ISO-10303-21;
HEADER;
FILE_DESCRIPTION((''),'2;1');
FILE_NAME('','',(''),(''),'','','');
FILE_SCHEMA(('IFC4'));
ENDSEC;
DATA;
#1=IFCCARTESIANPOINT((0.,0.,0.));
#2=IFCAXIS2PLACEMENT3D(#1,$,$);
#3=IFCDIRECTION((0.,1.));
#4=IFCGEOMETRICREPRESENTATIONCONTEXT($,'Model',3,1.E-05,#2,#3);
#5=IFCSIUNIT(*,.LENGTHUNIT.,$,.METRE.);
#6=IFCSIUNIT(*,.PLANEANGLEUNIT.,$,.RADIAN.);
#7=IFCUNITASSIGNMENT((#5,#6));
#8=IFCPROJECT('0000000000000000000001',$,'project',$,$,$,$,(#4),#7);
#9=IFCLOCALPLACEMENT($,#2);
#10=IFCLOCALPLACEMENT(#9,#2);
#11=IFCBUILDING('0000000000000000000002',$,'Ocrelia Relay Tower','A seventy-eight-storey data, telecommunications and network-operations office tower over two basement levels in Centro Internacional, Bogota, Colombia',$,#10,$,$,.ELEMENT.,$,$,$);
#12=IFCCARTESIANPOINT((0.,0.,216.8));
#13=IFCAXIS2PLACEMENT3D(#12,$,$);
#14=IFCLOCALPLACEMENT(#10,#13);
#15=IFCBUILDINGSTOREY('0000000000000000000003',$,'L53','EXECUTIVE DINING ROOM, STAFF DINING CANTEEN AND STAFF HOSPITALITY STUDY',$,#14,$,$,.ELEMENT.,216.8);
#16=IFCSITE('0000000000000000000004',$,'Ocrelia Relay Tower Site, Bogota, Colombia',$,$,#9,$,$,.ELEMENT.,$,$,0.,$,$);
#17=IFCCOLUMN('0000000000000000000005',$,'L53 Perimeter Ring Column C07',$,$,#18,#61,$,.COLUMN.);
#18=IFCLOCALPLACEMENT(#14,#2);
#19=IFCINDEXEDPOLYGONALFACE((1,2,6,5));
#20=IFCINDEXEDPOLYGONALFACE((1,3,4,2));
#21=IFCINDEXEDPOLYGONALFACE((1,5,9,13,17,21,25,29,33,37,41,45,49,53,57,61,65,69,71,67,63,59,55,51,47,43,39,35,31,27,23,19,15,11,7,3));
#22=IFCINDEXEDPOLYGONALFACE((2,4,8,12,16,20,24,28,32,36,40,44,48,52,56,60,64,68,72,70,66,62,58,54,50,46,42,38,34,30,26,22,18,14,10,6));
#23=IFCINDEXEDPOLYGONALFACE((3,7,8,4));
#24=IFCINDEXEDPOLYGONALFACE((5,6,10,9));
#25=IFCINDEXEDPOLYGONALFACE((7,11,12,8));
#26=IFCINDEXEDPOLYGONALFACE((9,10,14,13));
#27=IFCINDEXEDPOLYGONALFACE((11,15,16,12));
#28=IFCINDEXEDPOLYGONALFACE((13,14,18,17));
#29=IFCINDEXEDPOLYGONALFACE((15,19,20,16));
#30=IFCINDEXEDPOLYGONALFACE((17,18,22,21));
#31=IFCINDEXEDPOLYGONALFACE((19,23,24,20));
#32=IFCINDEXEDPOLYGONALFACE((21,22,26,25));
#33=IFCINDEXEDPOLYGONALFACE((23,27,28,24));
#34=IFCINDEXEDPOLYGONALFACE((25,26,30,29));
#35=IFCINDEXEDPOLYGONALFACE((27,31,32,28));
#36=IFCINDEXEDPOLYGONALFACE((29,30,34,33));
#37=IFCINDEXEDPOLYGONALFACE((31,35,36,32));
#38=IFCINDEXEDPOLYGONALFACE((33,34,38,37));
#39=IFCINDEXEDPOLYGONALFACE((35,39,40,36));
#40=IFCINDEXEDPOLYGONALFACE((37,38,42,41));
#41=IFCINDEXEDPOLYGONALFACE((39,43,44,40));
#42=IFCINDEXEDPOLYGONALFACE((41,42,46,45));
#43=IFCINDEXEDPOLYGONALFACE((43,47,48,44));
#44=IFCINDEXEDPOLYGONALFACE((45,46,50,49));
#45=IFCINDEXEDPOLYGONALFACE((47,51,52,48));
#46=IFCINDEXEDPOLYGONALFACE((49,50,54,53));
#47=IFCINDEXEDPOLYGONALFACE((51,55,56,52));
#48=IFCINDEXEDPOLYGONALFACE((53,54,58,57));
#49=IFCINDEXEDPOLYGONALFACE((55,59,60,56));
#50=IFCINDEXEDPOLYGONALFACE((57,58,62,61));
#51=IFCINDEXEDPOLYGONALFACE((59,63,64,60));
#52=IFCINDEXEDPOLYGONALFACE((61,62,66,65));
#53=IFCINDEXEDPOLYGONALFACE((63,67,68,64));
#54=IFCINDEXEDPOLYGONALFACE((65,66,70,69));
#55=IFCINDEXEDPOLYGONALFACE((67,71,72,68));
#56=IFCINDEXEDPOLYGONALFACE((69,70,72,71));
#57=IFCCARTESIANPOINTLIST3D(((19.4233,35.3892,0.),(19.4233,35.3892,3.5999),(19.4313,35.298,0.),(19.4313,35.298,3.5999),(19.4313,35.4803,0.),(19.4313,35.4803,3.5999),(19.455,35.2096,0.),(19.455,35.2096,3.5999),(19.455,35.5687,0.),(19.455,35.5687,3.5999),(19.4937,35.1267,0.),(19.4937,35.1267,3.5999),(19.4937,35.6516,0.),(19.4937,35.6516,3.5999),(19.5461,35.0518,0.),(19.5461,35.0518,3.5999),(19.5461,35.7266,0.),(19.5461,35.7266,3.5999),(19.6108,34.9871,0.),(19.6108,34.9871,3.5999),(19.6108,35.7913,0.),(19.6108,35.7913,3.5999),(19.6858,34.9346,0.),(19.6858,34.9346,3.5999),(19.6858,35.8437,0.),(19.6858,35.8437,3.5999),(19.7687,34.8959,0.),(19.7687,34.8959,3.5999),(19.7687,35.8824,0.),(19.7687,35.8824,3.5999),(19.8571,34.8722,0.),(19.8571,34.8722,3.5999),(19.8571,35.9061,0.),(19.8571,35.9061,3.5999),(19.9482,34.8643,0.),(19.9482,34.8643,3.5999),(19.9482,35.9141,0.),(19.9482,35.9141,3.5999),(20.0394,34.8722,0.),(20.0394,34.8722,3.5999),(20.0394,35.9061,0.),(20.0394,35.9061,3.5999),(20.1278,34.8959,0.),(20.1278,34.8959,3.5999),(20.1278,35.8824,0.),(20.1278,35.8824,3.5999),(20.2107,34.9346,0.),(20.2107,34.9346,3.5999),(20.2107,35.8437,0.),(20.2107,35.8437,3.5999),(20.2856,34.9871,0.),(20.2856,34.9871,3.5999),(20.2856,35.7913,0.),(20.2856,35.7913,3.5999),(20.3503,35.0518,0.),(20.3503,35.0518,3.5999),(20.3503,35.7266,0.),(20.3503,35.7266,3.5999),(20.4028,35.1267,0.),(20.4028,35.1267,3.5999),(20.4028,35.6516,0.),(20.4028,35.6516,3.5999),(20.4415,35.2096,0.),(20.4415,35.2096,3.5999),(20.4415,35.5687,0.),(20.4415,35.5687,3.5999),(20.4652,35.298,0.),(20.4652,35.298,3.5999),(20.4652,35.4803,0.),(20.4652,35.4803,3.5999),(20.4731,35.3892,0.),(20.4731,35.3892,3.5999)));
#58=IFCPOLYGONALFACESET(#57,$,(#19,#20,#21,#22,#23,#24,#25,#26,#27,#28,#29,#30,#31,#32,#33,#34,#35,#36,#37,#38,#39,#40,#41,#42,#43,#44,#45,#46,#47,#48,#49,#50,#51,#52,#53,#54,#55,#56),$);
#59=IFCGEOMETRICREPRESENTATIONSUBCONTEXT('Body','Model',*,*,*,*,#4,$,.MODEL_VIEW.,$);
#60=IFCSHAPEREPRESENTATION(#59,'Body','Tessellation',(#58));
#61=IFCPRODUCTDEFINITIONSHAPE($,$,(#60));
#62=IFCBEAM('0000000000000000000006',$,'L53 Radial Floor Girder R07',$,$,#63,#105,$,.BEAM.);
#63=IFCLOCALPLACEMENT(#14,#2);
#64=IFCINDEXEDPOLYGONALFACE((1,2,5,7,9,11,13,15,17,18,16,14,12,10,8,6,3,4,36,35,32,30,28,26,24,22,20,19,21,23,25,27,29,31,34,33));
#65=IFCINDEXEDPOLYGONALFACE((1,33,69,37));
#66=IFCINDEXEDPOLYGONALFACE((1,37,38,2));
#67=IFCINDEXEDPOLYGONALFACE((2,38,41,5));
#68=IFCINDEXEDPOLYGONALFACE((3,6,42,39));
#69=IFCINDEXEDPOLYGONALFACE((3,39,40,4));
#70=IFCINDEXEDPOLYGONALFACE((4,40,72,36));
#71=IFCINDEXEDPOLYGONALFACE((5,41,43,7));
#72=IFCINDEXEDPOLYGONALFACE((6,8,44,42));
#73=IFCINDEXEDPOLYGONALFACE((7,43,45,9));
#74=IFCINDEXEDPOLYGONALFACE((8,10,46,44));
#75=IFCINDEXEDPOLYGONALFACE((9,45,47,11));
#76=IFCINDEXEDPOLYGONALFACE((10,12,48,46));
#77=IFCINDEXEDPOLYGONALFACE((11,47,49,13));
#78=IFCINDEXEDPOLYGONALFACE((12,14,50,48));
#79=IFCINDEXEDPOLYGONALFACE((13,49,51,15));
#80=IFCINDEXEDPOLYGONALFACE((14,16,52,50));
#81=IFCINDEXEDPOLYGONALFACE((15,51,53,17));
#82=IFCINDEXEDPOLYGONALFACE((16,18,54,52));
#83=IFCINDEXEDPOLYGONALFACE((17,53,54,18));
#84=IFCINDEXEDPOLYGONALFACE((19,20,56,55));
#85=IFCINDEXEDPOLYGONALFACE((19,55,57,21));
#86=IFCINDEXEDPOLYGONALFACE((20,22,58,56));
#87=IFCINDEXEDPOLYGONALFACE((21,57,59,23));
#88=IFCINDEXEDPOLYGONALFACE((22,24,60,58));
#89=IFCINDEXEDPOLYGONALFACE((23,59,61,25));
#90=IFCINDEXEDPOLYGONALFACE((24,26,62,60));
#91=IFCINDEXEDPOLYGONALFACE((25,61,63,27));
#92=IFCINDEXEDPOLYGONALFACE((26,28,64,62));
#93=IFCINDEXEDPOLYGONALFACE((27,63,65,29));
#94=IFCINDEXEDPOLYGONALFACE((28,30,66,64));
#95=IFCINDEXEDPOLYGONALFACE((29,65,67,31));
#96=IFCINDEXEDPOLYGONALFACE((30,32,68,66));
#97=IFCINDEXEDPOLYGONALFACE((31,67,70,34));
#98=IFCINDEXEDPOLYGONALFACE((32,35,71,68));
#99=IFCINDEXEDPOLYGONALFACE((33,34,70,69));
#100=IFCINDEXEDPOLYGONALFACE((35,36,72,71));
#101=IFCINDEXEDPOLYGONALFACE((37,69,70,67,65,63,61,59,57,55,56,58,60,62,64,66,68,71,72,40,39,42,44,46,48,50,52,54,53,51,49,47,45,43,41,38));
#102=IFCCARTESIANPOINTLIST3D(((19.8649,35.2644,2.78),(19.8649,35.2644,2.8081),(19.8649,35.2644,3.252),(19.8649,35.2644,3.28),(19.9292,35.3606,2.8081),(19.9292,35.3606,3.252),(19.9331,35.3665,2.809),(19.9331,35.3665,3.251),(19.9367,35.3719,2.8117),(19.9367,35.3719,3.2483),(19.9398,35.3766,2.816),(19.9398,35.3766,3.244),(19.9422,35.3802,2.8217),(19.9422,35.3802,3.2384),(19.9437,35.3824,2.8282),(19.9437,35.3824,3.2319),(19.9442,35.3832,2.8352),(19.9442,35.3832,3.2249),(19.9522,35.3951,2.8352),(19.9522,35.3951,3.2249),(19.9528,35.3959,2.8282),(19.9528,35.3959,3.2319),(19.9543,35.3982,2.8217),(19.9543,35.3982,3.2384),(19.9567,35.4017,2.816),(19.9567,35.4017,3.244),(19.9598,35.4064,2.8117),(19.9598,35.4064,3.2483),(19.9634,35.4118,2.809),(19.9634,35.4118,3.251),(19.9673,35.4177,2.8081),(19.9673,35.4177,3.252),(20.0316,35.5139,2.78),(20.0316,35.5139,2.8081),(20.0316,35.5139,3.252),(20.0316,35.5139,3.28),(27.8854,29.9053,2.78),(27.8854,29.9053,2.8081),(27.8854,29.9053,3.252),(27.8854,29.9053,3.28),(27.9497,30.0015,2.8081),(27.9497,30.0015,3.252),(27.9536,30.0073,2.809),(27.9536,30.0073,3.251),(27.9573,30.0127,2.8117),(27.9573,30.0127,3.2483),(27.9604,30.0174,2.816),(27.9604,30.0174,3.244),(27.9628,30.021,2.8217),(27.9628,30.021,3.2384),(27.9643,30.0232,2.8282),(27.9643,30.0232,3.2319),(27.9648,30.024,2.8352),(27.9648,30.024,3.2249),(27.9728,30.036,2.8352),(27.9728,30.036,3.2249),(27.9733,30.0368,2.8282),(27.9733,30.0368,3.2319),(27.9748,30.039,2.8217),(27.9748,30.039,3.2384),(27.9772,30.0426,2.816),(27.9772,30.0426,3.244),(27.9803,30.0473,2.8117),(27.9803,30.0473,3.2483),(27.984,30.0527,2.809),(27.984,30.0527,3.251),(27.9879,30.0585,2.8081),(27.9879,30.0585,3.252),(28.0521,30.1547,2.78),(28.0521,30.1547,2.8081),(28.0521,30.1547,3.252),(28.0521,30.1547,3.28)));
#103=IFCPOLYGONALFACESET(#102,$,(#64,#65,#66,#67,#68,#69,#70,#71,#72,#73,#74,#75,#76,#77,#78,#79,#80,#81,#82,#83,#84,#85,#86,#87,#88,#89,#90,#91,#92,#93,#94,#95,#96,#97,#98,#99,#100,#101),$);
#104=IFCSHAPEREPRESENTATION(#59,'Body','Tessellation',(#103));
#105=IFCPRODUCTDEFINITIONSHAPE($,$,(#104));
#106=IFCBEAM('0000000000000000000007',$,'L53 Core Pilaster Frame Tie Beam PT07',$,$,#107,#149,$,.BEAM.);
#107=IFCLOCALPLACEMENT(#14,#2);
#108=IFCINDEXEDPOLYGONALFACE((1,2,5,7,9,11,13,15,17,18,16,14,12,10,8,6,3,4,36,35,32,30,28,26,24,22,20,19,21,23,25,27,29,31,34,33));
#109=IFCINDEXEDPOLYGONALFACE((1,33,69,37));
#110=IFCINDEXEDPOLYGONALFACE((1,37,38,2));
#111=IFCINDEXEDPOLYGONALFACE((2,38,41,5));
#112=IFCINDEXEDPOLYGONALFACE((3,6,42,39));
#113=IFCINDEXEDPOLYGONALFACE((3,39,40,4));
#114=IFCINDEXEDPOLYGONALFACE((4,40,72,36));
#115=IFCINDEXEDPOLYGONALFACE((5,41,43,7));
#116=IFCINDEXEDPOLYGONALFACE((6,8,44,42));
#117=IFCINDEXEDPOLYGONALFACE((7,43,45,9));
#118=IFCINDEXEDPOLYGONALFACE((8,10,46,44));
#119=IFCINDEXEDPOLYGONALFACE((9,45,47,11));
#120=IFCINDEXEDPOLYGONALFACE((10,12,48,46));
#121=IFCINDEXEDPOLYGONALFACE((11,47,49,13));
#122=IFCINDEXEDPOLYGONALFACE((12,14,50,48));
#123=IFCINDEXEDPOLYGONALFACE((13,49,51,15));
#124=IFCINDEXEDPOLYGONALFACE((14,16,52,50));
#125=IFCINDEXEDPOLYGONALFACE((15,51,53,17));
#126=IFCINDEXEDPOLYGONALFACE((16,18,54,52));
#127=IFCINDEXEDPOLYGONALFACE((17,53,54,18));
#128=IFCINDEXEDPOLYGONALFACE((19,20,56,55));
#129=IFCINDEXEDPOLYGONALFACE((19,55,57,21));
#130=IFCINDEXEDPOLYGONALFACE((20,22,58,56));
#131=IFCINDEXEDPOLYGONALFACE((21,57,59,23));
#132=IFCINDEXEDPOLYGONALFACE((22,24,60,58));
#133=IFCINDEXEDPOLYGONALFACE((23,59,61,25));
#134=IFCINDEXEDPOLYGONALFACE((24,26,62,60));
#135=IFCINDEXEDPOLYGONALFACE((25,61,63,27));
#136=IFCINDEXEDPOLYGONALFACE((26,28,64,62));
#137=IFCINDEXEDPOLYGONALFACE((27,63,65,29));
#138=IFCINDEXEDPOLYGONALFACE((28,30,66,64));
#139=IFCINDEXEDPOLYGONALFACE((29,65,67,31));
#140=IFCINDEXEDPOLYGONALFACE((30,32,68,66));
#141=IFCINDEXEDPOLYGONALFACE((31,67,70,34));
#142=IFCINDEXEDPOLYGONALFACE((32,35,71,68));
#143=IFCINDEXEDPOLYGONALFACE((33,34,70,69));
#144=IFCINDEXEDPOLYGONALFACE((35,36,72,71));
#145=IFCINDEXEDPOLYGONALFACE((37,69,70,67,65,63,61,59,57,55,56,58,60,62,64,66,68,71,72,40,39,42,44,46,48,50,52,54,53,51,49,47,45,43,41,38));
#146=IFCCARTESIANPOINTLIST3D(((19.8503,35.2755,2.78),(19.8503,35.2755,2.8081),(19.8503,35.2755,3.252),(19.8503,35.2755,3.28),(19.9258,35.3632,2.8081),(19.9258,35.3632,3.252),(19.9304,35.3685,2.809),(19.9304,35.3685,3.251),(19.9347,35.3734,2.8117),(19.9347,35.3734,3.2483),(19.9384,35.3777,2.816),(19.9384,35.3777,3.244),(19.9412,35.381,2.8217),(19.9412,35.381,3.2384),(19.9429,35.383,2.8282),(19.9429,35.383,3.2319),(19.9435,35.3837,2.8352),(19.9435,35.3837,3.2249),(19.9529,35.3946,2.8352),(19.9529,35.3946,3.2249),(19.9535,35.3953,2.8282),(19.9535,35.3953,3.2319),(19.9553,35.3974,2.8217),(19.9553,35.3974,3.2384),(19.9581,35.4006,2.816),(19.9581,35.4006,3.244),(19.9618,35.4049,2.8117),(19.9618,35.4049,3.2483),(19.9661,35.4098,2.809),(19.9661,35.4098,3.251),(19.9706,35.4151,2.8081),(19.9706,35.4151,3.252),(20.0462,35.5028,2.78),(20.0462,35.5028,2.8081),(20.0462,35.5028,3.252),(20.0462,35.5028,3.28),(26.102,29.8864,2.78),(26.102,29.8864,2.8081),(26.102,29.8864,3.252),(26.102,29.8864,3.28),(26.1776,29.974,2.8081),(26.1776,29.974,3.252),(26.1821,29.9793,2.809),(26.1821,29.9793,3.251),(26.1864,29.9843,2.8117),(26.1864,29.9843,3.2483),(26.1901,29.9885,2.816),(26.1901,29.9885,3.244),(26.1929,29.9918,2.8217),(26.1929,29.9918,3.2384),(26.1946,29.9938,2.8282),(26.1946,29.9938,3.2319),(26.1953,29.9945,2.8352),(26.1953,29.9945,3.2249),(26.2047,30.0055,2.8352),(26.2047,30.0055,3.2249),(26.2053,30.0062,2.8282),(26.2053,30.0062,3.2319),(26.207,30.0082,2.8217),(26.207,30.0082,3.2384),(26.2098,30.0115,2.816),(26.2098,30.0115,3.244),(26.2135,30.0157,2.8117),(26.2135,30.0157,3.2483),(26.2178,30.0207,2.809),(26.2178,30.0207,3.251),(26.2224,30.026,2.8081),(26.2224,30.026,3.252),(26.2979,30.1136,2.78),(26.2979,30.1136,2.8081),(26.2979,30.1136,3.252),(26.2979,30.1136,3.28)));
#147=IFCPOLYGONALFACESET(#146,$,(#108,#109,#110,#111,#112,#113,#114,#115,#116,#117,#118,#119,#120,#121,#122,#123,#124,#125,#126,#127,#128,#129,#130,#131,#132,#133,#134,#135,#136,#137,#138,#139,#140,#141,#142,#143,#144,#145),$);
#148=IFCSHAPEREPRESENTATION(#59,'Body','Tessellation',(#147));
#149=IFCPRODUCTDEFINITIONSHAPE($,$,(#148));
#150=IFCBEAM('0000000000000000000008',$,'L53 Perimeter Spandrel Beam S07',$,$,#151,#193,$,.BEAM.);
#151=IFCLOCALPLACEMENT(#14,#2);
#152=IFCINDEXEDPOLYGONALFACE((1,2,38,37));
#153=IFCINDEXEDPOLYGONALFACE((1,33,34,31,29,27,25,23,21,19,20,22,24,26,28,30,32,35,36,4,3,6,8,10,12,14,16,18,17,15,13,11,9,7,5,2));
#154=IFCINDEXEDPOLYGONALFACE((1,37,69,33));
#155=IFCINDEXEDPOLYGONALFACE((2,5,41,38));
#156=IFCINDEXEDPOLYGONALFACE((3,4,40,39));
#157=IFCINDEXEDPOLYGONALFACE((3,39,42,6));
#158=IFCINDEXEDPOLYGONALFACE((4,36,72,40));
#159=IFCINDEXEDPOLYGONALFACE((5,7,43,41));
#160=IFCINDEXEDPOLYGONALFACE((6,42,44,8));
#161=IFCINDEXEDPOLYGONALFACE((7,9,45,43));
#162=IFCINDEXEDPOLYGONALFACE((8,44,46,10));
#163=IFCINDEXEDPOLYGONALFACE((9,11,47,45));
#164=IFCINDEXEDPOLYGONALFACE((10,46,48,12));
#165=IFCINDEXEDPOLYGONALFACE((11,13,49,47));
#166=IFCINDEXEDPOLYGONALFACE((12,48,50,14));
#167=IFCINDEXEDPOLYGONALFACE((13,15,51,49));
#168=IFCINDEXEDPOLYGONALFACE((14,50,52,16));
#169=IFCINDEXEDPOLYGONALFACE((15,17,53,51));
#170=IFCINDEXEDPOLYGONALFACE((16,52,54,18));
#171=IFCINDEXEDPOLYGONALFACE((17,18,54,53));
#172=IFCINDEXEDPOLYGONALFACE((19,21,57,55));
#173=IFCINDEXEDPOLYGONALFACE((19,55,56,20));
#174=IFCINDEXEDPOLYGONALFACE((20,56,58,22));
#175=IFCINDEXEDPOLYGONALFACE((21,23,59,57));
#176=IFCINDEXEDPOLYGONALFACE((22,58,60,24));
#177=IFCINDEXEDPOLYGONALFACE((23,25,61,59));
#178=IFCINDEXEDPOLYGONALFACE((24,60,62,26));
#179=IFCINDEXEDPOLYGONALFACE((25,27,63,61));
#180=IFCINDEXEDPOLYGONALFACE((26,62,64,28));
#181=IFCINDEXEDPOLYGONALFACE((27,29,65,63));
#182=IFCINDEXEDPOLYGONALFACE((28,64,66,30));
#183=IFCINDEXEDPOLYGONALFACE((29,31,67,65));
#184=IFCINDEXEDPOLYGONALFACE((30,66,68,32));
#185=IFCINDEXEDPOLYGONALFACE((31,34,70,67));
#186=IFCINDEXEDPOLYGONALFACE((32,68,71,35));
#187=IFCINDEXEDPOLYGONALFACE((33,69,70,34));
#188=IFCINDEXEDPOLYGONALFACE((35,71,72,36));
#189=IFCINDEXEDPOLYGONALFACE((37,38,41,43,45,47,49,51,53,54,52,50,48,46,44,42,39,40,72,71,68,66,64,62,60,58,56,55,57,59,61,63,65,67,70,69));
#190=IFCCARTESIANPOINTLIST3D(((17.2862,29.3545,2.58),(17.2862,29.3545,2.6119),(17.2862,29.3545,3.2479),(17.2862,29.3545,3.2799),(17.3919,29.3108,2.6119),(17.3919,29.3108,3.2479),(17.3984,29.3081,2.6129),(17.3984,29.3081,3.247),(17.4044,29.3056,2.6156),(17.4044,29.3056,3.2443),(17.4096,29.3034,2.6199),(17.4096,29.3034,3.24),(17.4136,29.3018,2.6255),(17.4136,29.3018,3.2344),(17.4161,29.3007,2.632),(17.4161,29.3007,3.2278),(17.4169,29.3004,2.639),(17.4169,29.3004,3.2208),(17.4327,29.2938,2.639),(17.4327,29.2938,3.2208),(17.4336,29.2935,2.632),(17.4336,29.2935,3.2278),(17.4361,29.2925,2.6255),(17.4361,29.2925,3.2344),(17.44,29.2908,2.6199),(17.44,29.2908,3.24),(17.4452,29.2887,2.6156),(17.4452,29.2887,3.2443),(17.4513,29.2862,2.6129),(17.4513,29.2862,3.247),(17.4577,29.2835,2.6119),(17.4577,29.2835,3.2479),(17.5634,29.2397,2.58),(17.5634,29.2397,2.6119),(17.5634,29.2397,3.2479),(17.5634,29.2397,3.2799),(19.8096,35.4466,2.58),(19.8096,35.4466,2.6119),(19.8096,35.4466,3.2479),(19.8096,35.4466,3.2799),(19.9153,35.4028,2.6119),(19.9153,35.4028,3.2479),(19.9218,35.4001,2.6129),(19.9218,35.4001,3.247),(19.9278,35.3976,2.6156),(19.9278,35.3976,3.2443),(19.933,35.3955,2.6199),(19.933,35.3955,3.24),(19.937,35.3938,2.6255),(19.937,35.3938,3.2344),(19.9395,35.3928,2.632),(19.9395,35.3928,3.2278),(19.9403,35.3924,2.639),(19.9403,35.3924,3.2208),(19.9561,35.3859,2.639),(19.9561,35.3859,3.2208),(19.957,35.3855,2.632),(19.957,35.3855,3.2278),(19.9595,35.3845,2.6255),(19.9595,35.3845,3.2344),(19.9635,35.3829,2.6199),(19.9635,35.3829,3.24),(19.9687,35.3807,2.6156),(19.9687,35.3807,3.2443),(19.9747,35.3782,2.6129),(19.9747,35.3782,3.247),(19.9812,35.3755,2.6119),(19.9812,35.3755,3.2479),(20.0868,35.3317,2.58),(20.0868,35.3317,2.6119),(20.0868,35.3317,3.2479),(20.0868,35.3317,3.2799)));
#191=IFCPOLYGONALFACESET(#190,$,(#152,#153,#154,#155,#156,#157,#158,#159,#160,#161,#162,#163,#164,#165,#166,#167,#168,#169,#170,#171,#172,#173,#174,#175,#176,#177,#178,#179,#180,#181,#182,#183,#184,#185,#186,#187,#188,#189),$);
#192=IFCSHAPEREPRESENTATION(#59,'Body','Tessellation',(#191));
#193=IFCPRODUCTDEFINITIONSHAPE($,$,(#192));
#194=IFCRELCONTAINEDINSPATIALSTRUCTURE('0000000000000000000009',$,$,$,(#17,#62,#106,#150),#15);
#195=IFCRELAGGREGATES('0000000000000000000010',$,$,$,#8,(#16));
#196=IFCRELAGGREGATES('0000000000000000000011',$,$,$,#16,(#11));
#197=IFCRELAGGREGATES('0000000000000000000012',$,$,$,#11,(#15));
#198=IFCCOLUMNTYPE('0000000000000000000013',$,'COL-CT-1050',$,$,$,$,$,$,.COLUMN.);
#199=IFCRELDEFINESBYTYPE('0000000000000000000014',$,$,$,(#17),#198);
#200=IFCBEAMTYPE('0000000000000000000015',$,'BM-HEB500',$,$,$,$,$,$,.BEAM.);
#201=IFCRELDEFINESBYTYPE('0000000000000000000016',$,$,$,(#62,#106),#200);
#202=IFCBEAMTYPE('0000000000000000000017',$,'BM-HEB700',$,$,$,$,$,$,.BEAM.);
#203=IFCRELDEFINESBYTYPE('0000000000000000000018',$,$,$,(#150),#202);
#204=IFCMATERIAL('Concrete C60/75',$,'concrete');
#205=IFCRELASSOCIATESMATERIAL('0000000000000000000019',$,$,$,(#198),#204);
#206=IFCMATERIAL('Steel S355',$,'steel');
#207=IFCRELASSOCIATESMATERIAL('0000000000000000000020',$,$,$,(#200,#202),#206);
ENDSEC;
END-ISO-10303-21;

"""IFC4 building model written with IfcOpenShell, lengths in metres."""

from ifc_helpers import new_model, si_unit, direction, frame, origin, origin_2d, place, context, subcontext, project, spatial, circle, i_section, extrude, material, material_profile, profile_set, type_object, element, save


model = new_model("IFC4")

# Units and contexts
model_context = context("Model", 3, precision=1e-05, world=origin(), true_north=direction((0.0, 1.0)))
body_context = subcontext(model_context, "Body", "Model", "MODEL_VIEW")
ifc_project = project(units=[si_unit("LENGTHUNIT", "METRE"), si_unit("PLANEANGLEUNIT", "RADIAN")], contexts=[model_context])

# Site, building, storey
site_placement = place(None, origin())
site = spatial("IfcSite", under=ifc_project, at=site_placement, Name="Ocrelia Relay Tower Site, Bogota, Colombia", CompositionType="ELEMENT", RefElevation=0.0)
building_placement = place(site_placement, origin())
building = spatial("IfcBuilding", under=site, at=building_placement, Name="Ocrelia Relay Tower", Description="A seventy-eight-storey data, telecommunications and network-operations office tower over two basement levels in Centro Internacional, Bogota, Colombia", CompositionType="ELEMENT")
storey_placement = place(building_placement, frame((0.0, 0.0, 216.8)))
storey = spatial("IfcBuildingStorey", under=building, at=storey_placement, Name="L53", Description="EXECUTIVE DINING ROOM, STAFF DINING CANTEEN AND STAFF HOSPITALITY STUDY", CompositionType="ELEMENT", Elevation=216.8)

# Column
ifc_material_1 = material(Name="Concrete C60/75", Category="concrete")
ifc_material_profile_1 = material_profile(ifc_material_1, circle(Radius=0.5249, at=origin_2d()), Name="RC-CIR-1050")
ifc_profile_set_1 = profile_set([ifc_material_profile_1], Name="Concrete C60/75")
column_type = type_object("IfcColumnType", Name="COL-CT-1050", PredefinedType="COLUMN", material=ifc_profile_set_1)
column_placement = place(storey_placement, frame((19.9482, 35.3892, 0.0), z_axis=(0.0, 0.0, 1.0), x_axis=(1.0, 0.0, 0.0)))
element("IfcColumn", 1, at=column_placement, inside=storey, type_object=column_type, Name="L53 Perimeter Ring Column C07", PredefinedType="COLUMN", context=body_context, shape_type="SweptSolid", body=[
    extrude(circle(Radius=0.5249, at=origin_2d()), origin(), (0.0, 0.0, 1.0), 3.5999),
])

# Beams
ifc_material_2 = material(Name="Steel S355", Category="steel")
ifc_material_profile_2 = material_profile(ifc_material_2, i_section(OverallWidth=0.3, OverallDepth=0.5, WebThickness=0.0144, FlangeThickness=0.0281, FilletRadius=0.0271, at=origin_2d()), Name="HEB 500")
ifc_profile_set_2 = profile_set([ifc_material_profile_2], Name="Steel S355")
beam_type_1 = type_object("IfcBeamType", Name="BM-HEB500", PredefinedType="BEAM", material=ifc_profile_set_2)
beam_1_placement = place(storey_placement, frame((19.9482, 35.3892, 3.03), z_axis=(0.83147, -0.55557, 0.0), x_axis=(0.55557, 0.83147, 0.0)))
element("IfcBeam", 2, at=beam_1_placement, inside=storey, type_object=beam_type_1, Name="L53 Radial Floor Girder R07", PredefinedType="BEAM", context=body_context, shape_type="SweptSolid", body=[
    extrude(i_section(OverallWidth=0.3, OverallDepth=0.5, WebThickness=0.0144, FlangeThickness=0.0281, FilletRadius=0.0271, at=origin_2d()), origin(), (0.0, 0.0, 1.0), 9.6462),
])
beam_2_placement = place(storey_placement, frame((19.9482, 35.3892, 3.03), z_axis=(0.757425, -0.652923, 0.0), x_axis=(0.652923, 0.757425, 0.0)))
element("IfcBeam", 3, at=beam_2_placement, inside=storey, type_object=beam_type_1, Name="L53 Core Pilaster Frame Tie Beam PT07", PredefinedType="BEAM", context=body_context, shape_type="SweptSolid", body=[
    extrude(i_section(OverallWidth=0.3, OverallDepth=0.5, WebThickness=0.0144, FlangeThickness=0.0281, FilletRadius=0.0271, at=origin_2d()), origin(), (0.0, 0.0, 1.0), 8.2539),
])
ifc_material_profile_3 = material_profile(ifc_material_2, i_section(OverallWidth=0.3, OverallDepth=0.7, WebThickness=0.0171, FlangeThickness=0.032, FilletRadius=0.0271, at=origin_2d()), Name="HEB 700")
ifc_profile_set_3 = profile_set([ifc_material_profile_3], Name="Steel S355")
beam_type_2 = type_object("IfcBeamType", Name="BM-HEB700", PredefinedType="BEAM", material=ifc_profile_set_3)
beam_3_placement = place(storey_placement, frame((19.9482, 35.3892, 2.9299), z_axis=(-0.382688, -0.923878, 0.0), x_axis=(0.923878, -0.382688, 0.0)))
element("IfcBeam", 4, at=beam_3_placement, inside=storey, type_object=beam_type_2, Name="L53 Perimeter Spandrel Beam S07", PredefinedType="BEAM", context=body_context, shape_type="SweptSolid", body=[
    extrude(i_section(OverallWidth=0.3, OverallDepth=0.7, WebThickness=0.0171, FlangeThickness=0.032, FilletRadius=0.0271, at=origin_2d()), origin(), (0.0, 0.0, 1.0), 6.594),
])

save(model, "model.ifc")
